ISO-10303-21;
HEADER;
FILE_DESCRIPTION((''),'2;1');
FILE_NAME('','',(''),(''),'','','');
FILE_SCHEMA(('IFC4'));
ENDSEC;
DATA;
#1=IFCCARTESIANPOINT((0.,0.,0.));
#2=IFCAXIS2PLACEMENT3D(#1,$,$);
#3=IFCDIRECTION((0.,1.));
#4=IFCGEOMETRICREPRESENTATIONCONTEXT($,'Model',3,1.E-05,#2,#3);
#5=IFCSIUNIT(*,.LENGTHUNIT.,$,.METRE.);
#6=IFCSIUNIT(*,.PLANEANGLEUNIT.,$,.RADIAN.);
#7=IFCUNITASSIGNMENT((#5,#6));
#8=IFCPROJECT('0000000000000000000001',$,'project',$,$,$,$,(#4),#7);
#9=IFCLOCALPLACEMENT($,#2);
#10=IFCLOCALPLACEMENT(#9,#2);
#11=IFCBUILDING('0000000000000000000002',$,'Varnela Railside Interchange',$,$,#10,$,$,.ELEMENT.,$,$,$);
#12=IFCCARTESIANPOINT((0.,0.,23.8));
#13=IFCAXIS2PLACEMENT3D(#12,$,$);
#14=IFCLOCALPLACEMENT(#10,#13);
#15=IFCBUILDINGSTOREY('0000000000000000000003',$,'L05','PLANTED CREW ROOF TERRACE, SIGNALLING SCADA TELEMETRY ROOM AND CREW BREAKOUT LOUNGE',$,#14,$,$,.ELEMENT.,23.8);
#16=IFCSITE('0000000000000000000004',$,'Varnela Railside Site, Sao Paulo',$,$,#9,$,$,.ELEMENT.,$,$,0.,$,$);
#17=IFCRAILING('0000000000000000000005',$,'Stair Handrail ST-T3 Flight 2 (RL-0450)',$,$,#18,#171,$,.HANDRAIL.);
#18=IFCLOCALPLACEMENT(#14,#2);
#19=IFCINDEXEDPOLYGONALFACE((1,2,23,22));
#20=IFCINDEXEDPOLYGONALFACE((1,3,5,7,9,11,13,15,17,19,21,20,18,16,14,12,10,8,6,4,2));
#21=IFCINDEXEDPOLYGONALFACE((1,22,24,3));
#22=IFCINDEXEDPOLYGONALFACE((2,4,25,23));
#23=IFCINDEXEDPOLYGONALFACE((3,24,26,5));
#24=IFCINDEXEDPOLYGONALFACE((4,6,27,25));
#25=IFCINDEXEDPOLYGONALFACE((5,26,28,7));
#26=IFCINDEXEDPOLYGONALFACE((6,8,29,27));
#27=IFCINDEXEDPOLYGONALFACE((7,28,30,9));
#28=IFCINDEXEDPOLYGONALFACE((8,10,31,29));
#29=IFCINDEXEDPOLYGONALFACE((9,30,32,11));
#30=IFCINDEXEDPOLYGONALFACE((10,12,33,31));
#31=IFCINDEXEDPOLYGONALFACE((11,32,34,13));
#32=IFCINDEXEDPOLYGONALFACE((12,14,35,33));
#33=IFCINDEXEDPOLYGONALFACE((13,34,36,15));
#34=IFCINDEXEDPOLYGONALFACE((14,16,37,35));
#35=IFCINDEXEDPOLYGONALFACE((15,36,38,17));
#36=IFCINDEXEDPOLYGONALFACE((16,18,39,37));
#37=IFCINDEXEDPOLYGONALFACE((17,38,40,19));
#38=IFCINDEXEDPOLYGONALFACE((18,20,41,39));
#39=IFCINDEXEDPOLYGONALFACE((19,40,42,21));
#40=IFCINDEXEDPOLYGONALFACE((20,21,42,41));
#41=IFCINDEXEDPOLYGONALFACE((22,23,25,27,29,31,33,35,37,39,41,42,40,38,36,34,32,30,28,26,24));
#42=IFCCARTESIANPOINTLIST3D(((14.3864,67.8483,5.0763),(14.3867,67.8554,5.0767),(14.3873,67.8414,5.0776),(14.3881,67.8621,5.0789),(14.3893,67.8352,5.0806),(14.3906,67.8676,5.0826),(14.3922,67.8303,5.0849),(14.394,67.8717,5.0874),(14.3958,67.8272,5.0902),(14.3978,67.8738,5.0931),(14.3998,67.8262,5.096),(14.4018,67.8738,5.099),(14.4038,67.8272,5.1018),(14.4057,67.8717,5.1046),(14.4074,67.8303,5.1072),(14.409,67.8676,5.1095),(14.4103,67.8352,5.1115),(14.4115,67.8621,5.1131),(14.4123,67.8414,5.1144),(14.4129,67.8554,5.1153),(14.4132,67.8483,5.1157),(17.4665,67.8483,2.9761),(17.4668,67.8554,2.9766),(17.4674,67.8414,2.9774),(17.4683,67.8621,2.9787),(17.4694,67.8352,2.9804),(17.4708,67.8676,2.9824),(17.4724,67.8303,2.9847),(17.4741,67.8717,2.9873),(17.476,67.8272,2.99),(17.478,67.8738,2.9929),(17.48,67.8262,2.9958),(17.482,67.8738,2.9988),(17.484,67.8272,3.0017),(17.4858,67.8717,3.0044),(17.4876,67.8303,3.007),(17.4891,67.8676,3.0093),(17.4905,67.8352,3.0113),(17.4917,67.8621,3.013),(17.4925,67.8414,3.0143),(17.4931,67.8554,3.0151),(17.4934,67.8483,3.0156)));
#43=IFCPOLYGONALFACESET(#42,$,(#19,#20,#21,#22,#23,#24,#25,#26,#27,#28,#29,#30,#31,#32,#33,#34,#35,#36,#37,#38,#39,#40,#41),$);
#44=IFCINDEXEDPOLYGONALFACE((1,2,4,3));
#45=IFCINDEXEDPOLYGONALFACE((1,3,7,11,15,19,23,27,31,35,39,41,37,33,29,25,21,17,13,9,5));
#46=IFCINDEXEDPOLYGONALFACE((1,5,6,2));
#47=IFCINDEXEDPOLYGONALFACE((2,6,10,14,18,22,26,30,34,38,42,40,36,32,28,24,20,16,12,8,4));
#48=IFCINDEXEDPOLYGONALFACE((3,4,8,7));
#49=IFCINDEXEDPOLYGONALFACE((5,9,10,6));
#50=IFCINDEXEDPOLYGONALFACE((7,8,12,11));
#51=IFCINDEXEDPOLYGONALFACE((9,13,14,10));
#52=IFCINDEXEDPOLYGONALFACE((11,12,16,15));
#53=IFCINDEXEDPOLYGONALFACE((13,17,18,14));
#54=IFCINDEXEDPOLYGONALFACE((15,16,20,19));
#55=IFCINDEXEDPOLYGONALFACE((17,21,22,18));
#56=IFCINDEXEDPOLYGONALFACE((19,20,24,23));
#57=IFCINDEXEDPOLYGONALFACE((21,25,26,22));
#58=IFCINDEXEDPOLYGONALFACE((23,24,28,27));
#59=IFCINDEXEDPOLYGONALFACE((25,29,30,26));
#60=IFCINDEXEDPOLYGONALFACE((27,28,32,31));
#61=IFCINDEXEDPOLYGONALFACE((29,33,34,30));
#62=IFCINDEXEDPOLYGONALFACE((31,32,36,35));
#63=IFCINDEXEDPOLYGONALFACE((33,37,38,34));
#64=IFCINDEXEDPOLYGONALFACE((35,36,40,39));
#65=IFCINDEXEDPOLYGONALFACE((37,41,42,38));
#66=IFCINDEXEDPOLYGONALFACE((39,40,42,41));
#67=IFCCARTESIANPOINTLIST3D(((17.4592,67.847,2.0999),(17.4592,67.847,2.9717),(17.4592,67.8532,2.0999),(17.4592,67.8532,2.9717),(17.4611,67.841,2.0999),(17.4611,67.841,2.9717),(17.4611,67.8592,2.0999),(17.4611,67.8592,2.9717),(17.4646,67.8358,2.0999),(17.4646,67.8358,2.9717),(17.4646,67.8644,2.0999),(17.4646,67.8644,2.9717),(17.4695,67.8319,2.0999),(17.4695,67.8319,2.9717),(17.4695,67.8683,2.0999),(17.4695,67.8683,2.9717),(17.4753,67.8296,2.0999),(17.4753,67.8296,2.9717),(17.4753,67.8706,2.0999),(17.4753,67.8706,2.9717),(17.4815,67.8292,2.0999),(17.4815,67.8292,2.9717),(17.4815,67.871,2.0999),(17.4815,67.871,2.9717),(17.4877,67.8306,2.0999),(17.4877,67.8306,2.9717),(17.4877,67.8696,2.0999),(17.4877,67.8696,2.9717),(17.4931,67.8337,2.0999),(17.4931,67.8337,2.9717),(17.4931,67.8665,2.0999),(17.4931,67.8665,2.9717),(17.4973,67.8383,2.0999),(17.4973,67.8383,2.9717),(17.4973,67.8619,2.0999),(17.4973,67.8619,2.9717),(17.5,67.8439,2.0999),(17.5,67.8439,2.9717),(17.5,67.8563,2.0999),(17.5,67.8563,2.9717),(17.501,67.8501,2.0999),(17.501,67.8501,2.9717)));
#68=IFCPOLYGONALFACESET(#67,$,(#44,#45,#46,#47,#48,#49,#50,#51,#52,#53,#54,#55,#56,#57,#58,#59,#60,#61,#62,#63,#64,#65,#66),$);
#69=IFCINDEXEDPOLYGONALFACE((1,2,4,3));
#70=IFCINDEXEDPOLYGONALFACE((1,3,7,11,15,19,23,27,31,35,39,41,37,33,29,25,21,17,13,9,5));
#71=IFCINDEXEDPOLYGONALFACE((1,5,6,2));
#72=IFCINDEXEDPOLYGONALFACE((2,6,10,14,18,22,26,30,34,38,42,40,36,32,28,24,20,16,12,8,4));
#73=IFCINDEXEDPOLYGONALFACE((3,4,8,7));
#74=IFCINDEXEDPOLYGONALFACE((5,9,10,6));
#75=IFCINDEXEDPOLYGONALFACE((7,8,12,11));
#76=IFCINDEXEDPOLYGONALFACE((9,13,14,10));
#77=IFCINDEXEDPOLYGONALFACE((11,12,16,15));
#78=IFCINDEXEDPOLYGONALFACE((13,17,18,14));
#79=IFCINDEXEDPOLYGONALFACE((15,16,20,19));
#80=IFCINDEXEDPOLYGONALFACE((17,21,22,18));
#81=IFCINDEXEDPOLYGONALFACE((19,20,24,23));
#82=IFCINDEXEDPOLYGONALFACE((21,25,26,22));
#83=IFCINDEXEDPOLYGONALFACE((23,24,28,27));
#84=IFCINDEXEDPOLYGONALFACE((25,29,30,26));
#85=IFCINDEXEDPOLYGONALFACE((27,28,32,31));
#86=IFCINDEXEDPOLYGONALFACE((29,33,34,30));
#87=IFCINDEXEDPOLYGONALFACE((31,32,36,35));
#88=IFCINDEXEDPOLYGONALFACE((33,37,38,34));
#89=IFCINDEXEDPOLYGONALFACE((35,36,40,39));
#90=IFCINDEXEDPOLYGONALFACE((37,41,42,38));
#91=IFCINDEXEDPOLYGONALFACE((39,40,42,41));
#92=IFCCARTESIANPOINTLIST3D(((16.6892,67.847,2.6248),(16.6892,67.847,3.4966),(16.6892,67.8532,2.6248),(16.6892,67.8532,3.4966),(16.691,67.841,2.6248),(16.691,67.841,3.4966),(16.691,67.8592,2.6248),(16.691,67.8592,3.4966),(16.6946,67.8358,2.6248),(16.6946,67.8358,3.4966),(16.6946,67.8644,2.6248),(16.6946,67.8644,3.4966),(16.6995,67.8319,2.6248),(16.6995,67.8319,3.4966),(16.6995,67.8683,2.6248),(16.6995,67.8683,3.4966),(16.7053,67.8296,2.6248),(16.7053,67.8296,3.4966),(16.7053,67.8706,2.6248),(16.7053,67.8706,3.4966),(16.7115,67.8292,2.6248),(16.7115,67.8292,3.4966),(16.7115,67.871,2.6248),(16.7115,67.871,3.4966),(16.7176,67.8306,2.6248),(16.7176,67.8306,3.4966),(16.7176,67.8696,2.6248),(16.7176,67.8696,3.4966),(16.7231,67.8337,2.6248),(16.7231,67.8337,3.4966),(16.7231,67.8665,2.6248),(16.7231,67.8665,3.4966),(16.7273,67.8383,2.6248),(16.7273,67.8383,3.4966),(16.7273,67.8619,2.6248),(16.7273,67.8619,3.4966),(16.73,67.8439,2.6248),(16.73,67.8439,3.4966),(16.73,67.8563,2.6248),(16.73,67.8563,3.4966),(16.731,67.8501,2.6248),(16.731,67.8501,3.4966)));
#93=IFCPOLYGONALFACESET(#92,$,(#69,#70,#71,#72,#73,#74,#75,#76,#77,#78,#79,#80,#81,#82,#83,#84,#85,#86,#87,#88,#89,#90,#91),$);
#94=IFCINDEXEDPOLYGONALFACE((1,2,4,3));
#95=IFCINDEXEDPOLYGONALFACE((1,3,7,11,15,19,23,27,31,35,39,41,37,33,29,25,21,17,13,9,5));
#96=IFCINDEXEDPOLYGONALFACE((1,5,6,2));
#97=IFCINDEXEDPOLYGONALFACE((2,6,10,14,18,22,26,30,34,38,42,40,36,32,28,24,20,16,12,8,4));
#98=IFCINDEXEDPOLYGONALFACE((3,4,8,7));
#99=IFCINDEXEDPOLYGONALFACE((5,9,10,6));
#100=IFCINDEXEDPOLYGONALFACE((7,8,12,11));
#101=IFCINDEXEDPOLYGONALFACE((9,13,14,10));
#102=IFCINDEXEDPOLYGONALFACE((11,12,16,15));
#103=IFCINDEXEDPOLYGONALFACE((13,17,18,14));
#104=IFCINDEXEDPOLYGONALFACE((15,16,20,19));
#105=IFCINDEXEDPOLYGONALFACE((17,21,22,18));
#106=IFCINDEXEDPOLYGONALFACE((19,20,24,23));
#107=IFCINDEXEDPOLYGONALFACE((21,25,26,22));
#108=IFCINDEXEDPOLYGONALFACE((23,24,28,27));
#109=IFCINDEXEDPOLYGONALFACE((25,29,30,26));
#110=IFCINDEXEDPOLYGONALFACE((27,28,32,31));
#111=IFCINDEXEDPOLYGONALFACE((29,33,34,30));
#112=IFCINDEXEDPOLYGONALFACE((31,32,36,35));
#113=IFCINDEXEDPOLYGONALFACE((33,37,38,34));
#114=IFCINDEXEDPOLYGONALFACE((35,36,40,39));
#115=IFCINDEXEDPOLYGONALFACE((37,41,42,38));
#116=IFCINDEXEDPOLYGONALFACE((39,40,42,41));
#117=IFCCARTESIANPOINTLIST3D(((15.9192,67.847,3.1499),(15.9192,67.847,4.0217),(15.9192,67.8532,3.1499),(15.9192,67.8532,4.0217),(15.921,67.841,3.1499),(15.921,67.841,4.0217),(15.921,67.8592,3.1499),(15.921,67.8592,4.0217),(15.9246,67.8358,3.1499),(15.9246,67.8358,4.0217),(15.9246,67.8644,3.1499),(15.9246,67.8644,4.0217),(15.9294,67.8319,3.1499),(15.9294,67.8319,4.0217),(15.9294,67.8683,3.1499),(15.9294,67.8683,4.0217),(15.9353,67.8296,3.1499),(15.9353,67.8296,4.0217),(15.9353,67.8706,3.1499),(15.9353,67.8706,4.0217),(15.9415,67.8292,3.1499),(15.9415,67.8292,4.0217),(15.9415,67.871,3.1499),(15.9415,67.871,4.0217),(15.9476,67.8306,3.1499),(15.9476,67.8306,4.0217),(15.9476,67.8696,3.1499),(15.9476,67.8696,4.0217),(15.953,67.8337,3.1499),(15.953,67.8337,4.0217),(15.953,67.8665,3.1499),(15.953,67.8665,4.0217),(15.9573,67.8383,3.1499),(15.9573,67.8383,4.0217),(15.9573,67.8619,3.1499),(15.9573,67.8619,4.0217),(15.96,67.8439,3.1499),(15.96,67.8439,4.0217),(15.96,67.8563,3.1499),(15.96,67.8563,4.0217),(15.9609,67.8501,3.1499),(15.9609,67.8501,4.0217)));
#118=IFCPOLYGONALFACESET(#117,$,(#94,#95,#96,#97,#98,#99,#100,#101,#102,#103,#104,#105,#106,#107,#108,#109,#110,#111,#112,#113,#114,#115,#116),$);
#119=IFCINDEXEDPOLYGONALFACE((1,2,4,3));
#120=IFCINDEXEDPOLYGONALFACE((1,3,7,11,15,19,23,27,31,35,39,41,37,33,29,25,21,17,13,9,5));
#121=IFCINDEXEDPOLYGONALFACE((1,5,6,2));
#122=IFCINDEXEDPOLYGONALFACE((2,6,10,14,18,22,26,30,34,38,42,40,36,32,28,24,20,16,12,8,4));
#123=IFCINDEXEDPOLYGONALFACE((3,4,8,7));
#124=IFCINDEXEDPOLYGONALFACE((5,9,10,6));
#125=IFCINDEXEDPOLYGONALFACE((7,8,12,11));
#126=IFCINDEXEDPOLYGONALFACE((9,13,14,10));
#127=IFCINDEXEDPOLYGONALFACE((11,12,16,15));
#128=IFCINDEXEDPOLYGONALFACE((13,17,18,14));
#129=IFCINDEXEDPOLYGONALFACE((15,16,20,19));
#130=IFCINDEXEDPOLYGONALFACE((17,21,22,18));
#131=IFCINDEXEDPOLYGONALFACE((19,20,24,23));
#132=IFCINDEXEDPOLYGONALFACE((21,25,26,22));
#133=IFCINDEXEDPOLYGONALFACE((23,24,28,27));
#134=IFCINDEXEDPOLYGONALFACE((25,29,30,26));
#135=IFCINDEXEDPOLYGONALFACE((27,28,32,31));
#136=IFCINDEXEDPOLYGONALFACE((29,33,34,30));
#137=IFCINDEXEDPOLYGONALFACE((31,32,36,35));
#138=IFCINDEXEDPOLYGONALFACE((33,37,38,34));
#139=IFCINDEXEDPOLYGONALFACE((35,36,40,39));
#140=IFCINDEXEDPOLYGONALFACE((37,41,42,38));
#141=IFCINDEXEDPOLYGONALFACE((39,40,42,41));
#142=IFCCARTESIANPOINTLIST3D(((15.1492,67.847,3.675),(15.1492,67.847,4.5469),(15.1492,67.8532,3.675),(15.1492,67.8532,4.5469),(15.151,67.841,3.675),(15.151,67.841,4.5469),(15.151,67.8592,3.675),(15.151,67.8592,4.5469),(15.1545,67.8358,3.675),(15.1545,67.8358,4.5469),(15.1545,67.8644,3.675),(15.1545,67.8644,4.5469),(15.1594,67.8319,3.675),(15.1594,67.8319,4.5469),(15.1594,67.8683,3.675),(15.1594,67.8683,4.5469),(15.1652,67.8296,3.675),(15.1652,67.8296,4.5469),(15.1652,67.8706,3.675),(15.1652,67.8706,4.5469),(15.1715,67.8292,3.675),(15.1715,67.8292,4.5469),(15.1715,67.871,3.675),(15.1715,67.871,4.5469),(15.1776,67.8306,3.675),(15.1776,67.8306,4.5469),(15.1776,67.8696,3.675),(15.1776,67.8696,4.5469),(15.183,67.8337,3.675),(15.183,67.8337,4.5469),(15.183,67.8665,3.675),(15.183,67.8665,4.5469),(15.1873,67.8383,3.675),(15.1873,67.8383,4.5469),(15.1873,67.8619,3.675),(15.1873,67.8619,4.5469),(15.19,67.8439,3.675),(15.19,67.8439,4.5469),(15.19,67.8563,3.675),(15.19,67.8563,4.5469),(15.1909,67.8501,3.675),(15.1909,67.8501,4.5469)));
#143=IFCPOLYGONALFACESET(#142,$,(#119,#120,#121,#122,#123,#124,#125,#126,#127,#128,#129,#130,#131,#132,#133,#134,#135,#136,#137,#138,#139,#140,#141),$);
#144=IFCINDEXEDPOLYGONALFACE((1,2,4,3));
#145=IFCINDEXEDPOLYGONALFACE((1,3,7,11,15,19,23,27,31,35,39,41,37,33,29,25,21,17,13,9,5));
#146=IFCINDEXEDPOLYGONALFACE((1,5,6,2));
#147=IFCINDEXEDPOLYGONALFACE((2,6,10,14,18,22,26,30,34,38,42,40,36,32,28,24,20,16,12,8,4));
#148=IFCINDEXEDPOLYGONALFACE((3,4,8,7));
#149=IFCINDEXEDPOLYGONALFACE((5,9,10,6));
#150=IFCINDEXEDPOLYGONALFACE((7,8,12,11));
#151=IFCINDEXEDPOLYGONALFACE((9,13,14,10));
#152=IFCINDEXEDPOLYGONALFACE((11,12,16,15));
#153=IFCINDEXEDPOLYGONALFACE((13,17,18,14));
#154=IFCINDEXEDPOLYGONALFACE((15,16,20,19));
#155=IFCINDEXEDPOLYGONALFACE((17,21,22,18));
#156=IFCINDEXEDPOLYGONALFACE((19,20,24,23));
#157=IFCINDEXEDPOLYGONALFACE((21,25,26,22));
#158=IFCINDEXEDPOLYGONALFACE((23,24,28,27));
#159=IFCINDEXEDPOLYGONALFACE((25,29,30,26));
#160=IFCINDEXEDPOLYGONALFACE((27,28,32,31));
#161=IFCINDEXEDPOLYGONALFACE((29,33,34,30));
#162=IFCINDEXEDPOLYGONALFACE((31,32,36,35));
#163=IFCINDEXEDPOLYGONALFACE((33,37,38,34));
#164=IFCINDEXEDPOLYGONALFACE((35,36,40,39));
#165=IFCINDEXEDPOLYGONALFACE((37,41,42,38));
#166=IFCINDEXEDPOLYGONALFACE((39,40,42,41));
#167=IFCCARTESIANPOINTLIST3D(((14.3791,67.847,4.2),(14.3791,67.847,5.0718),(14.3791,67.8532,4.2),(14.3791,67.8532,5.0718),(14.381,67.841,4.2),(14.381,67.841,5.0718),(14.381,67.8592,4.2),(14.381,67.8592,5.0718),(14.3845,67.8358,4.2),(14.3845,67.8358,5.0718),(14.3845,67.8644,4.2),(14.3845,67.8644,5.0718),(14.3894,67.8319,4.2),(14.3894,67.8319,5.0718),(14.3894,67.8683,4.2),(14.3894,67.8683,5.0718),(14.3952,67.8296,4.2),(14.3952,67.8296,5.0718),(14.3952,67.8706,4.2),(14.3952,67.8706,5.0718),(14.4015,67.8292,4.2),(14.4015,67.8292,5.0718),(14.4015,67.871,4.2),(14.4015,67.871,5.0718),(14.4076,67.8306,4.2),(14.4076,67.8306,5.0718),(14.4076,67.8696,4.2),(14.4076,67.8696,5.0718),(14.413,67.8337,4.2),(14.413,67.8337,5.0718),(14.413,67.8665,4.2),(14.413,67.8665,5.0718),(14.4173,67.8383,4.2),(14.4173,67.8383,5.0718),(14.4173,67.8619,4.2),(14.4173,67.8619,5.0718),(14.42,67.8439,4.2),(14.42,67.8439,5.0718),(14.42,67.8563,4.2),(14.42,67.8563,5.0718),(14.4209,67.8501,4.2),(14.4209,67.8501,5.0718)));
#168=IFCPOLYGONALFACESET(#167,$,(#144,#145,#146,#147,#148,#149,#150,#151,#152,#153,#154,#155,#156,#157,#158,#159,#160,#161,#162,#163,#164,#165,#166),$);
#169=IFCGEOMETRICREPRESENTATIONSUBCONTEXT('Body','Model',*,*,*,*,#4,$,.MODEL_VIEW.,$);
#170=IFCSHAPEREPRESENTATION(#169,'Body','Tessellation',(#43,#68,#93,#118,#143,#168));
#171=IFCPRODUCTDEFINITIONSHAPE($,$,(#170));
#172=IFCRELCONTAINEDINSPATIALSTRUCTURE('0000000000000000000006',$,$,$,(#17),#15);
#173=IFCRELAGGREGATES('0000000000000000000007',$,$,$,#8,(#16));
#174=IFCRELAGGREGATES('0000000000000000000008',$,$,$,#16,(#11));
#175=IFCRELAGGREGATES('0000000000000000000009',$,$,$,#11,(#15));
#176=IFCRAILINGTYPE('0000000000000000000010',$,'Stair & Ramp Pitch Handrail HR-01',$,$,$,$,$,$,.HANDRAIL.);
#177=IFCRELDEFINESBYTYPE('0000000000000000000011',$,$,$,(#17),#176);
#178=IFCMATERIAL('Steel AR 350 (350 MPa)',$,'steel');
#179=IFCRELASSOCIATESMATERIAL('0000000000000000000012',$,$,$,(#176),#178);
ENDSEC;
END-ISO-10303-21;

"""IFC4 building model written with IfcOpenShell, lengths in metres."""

from ifc_helpers import new_model, si_unit, direction, frame, origin, origin_2d, place, context, subcontext, project, spatial, circle, extrude, material, type_object, element, save


model = new_model("IFC4")

# Units and contexts
model_context = context("Model", 3, precision=1e-05, world=origin(), true_north=direction((0.0, 1.0)))
body_context = subcontext(model_context, "Body", "Model", "MODEL_VIEW")
ifc_project = project(units=[si_unit("LENGTHUNIT", "METRE"), si_unit("PLANEANGLEUNIT", "RADIAN")], contexts=[model_context])

# Site, building, storey
site_placement = place(None, origin())
site = spatial("IfcSite", under=ifc_project, at=site_placement, Name="Varnela Railside Site, Sao Paulo", CompositionType="ELEMENT", RefElevation=0.0)
building_placement = place(site_placement, origin())
building = spatial("IfcBuilding", under=site, at=building_placement, Name="Varnela Railside Interchange", CompositionType="ELEMENT")
storey_placement = place(building_placement, frame((0.0, 0.0, 23.8)))
storey = spatial("IfcBuildingStorey", under=building, at=storey_placement, Name="L05", Description="PLANTED CREW ROOF TERRACE, SIGNALLING SCADA TELEMETRY ROOM AND CREW BREAKOUT LOUNGE", CompositionType="ELEMENT", Elevation=23.8)

# Shared definitions
ifc_material_1 = material(Name="Steel AR 350 (350 MPa)", Category="steel")

# Railing
railing_type_1 = type_object("IfcRailingType", Name="Stair & Ramp Pitch Handrail HR-01", PredefinedType="HANDRAIL", material=ifc_material_1)
railing_1_placement = place(storey_placement, frame((17.48, 67.8501, 2.0999)))
element("IfcRailing", 1, at=railing_1_placement, inside=storey, type_object=railing_type_1, Name="Stair Handrail ST-T3 Flight 2 (RL-0450)", PredefinedType="HANDRAIL", context=body_context, shape_type="SweptSolid", body=[
    extrude(circle(Radius=0.0239, at=origin_2d()), frame((0.0, 0.0, 0.896), z_axis=(-0.826222, 0.0, 0.563345), x_axis=(0.0, -1.0, 0.0)), (0.0, 0.0, 1.0), 3.728),
    extrude(circle(Radius=0.021, at=origin_2d()), origin(), (0.0, 0.0, 1.0), 0.8718),
    extrude(circle(Radius=0.021, at=origin_2d()), frame((-0.77, 0.0, 0.5249)), (0.0, 0.0, 1.0), 0.8718),
    extrude(circle(Radius=0.021, at=origin_2d()), frame((-1.54, 0.0, 1.05)), (0.0, 0.0, 1.0), 0.8718),
    extrude(circle(Radius=0.021, at=origin_2d()), frame((-2.3101, 0.0, 1.5752)), (0.0, 0.0, 1.0), 0.8718),
    extrude(circle(Radius=0.021, at=origin_2d()), frame((-3.0801, 0.0, 2.1001)), (0.0, 0.0, 1.0), 0.8718),
])

save(model, "model.ifc")
